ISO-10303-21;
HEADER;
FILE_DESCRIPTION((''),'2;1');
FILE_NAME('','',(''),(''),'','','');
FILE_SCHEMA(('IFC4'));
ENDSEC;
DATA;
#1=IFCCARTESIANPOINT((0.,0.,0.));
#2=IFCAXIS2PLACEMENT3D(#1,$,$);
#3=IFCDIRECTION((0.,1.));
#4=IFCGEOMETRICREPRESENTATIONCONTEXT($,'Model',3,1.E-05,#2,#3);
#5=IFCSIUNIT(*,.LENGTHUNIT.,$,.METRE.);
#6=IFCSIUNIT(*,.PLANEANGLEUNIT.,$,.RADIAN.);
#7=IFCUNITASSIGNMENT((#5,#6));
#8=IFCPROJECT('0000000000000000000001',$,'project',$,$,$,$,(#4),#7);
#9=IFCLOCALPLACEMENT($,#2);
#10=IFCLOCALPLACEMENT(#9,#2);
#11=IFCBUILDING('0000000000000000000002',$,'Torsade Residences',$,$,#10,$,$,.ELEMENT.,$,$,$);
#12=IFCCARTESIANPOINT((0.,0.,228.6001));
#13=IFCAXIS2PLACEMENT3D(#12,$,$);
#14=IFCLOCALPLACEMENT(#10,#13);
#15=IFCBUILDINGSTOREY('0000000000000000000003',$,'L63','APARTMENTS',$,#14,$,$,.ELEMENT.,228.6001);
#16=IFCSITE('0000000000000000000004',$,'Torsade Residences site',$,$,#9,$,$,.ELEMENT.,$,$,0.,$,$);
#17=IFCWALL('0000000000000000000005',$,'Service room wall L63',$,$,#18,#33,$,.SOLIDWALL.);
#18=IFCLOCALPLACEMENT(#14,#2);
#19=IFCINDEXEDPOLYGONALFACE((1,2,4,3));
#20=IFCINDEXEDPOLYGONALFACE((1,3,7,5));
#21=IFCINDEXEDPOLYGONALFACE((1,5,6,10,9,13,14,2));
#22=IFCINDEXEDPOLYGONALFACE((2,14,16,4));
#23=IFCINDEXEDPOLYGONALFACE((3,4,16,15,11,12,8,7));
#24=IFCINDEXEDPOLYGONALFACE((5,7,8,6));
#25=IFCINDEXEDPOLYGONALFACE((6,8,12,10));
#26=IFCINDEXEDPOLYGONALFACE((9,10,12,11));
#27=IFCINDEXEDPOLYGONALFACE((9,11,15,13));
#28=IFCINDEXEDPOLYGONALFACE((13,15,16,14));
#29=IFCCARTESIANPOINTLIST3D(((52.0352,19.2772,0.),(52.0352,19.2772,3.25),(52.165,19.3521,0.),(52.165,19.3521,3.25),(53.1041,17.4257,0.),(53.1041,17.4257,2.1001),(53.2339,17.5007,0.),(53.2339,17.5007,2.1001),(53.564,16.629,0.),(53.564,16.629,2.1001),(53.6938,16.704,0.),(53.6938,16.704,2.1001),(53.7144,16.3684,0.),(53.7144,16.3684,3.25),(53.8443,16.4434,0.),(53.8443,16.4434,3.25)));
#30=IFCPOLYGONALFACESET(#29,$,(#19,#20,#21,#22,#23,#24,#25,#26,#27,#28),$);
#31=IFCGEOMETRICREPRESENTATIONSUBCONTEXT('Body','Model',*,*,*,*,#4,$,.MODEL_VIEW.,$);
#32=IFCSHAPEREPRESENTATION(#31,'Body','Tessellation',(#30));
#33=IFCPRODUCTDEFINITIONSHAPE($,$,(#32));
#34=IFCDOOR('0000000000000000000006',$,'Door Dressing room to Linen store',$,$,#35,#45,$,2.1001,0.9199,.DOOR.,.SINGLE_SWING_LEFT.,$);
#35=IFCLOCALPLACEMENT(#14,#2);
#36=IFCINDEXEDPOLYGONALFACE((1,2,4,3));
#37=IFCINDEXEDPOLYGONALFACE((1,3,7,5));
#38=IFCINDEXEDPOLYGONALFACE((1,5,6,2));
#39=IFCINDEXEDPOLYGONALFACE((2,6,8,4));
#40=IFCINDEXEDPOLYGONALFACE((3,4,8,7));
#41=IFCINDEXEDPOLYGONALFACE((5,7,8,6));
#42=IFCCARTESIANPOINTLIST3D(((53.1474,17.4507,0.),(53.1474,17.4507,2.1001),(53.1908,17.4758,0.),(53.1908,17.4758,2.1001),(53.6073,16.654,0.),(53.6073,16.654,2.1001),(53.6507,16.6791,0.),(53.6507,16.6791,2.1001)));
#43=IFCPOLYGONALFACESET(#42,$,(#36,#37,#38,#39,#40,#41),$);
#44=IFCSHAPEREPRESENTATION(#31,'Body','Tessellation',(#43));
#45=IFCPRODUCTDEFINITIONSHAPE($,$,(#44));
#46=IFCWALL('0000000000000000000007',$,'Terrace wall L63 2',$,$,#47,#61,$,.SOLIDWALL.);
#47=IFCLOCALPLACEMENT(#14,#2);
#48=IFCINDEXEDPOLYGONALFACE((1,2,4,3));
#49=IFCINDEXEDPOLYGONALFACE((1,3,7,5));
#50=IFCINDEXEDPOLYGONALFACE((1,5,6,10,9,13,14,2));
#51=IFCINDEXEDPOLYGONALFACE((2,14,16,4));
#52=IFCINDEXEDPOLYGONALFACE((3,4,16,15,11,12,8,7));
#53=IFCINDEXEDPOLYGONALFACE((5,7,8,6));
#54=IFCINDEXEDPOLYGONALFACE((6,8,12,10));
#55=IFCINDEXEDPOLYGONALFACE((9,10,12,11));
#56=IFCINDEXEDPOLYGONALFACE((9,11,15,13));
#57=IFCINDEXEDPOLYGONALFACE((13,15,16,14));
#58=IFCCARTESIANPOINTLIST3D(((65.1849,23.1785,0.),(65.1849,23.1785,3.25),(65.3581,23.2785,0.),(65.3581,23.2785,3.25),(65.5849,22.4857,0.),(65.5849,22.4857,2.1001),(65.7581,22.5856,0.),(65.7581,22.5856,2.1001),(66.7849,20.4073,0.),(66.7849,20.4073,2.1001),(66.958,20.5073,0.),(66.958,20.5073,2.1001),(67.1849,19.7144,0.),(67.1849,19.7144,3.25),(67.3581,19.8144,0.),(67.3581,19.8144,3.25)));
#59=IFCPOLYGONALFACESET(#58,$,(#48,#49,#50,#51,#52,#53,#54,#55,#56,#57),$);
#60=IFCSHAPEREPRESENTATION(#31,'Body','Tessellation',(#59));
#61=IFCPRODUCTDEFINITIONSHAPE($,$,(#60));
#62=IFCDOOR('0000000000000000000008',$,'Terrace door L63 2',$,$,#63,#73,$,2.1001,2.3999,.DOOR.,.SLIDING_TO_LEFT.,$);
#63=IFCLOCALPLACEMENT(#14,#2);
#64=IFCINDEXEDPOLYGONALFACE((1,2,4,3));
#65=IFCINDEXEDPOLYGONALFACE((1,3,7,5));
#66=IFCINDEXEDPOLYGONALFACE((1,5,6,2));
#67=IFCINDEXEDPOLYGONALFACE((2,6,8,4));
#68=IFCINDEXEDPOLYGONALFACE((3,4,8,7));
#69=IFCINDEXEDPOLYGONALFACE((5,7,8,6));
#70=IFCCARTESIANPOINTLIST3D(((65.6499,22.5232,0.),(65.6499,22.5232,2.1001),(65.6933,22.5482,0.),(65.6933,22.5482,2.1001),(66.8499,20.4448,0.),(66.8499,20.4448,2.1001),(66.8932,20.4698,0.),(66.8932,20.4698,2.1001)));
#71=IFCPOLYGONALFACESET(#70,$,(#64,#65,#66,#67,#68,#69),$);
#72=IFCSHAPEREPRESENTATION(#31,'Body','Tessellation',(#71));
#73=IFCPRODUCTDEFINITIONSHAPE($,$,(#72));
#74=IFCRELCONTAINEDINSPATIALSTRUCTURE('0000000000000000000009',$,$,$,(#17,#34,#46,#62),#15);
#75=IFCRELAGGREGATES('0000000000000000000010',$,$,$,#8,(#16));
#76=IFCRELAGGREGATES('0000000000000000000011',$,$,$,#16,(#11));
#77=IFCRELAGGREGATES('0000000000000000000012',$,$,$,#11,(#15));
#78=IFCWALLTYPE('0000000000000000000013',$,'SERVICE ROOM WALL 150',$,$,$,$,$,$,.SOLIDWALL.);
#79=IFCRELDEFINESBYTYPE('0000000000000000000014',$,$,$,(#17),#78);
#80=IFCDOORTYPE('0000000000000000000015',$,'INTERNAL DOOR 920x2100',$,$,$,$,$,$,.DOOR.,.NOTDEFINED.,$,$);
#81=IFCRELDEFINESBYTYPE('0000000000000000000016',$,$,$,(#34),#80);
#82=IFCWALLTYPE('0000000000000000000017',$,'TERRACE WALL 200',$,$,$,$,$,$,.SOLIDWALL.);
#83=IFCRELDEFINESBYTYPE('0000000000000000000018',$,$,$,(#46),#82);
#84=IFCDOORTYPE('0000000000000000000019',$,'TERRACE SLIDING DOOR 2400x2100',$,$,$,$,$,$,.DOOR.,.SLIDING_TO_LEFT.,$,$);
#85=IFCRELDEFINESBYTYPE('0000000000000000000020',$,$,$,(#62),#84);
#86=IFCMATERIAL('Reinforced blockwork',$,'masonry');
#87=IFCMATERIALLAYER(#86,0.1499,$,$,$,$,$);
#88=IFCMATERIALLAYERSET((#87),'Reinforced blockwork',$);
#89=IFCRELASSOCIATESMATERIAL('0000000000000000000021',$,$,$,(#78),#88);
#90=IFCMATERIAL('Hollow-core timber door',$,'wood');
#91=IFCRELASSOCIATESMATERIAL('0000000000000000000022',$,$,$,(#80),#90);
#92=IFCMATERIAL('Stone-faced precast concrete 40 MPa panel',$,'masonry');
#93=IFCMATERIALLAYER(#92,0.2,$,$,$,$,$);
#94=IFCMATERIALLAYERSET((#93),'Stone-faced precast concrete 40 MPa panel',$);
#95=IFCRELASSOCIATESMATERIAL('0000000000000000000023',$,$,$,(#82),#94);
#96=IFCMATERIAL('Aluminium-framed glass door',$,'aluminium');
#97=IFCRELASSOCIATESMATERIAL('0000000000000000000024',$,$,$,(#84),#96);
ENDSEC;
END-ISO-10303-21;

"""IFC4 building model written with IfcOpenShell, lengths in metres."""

from ifc_helpers import new_model, si_unit, direction, frame, frame_2d, origin, place, context, subcontext, project, spatial, rectangle, extrude, material, layer, layer_set, type_object, element, fill, save


model = new_model("IFC4")

# Units and contexts
model_context = context("Model", 3, precision=1e-05, world=origin(), true_north=direction((0.0, 1.0)))
body_context = subcontext(model_context, "Body", "Model", "MODEL_VIEW")
ifc_project = project(units=[si_unit("LENGTHUNIT", "METRE"), si_unit("PLANEANGLEUNIT", "RADIAN")], contexts=[model_context])

# Site, building, storey
site_placement = place(None, origin())
site = spatial("IfcSite", under=ifc_project, at=site_placement, Name="Torsade Residences site", CompositionType="ELEMENT", RefElevation=0.0)
building_placement = place(site_placement, origin())
building = spatial("IfcBuilding", under=site, at=building_placement, Name="Torsade Residences", CompositionType="ELEMENT")
storey_placement = place(building_placement, frame((0.0, 0.0, 228.6001)))
storey = spatial("IfcBuildingStorey", under=building, at=storey_placement, Name="L63", Description="APARTMENTS", CompositionType="ELEMENT", Elevation=228.6001)

# Walls, openings, doors
ifc_material_1 = material(Name="Reinforced blockwork", Category="masonry")
ifc_layer_1 = layer(ifc_material_1, 0.1499)
ifc_layer_set_1 = layer_set([ifc_layer_1], Name="Reinforced blockwork")
wall_type_1 = type_object("IfcWallType", Name="SERVICE ROOM WALL 150", PredefinedType="SOLIDWALL", material=ifc_layer_set_1)
wall_1_placement = place(storey_placement, frame((53.7793, 16.406, 0.0), z_axis=(0.0, 0.0, 1.0), x_axis=(-0.49997, 0.866043, 0.0)))
wall_1 = element("IfcWall", 1, at=wall_1_placement, inside=storey, type_object=wall_type_1, Name="Service room wall L63", PredefinedType="SOLIDWALL", context=body_context, shape_type="SweptSolid", body=[
    extrude(rectangle(XDim=3.3586, YDim=0.1499, at=frame_2d((1.6792, 0.0))), origin(), (0.0, 0.0, 1.0), 3.25),
])
opening_1_placement = place(wall_1_placement, frame((0.3008, 0.0, 0.0)))
opening_1 = element("IfcOpeningElement", 2, at=opening_1_placement, cuts=wall_1, PredefinedType="OPENING", context=body_context, shape_type="SweptSolid", body=[
    extrude(rectangle(XDim=0.9199, YDim=2.1001, at=frame_2d((0.46, 1.05))), frame((0.0, 0.085, 0.0), z_axis=(0.0, -1.0, 0.0), x_axis=(1.0, 0.0, 0.0)), (0.0, 0.0, 1.0), 0.1699),
])
ifc_material_2 = material(Name="Hollow-core timber door", Category="wood")
door_type_1 = type_object("IfcDoorType", Name="INTERNAL DOOR 920x2100", OperationType="NOTDEFINED", PredefinedType="DOOR", material=ifc_material_2)
door_1_placement = place(opening_1_placement, origin())
door_1 = element("IfcDoor", 3, at=door_1_placement, inside=storey, type_object=door_type_1, Name="Door Dressing room to Linen store", OperationType="SINGLE_SWING_LEFT", OverallHeight=2.1001, OverallWidth=0.9199, PredefinedType="DOOR", context=body_context, shape_type="SweptSolid", body=[
    extrude(rectangle(XDim=0.9199, YDim=2.1001, at=frame_2d((0.46, 1.05))), frame((0.0, 0.0249, 0.0), z_axis=(0.0, -1.0, 0.0), x_axis=(1.0, 0.0, 0.0)), (0.0, 0.0, 1.0), 0.05),
])
fill(opening_1, door_1)
ifc_material_3 = material(Name="Stone-faced precast concrete 40 MPa panel", Category="masonry")
ifc_layer_2 = layer(ifc_material_3, 0.2)
ifc_layer_set_2 = layer_set([ifc_layer_2], Name="Stone-faced precast concrete 40 MPa panel")
wall_type_2 = type_object("IfcWallType", Name="TERRACE WALL 200", PredefinedType="SOLIDWALL", material=ifc_layer_set_2)
wall_2_placement = place(storey_placement, frame((67.2715, 19.7644, 0.0), z_axis=(0.0, 0.0, 1.0), x_axis=(-0.499999, 0.866026, 0.0)))
wall_2 = element("IfcWall", 4, at=wall_2_placement, inside=storey, type_object=wall_type_2, Name="Terrace wall L63 2", PredefinedType="SOLIDWALL", context=body_context, shape_type="SweptSolid", body=[
    extrude(rectangle(XDim=4.0, YDim=0.2, at=frame_2d((2.0, 0.0))), origin(), (0.0, 0.0, 1.0), 3.25),
])
opening_2_placement = place(wall_2_placement, frame((0.8, 0.0, 0.0)))
opening_2 = element("IfcOpeningElement", 5, at=opening_2_placement, cuts=wall_2, PredefinedType="OPENING", context=body_context, shape_type="SweptSolid", body=[
    extrude(rectangle(XDim=2.3999, YDim=2.1001, at=frame_2d((1.2, 1.05))), frame((0.0, 0.1099, 0.0), z_axis=(0.0, -1.0, 0.0), x_axis=(1.0, 0.0, 0.0)), (0.0, 0.0, 1.0), 0.22),
])
ifc_material_4 = material(Name="Aluminium-framed glass door", Category="aluminium")
door_type_2 = type_object("IfcDoorType", Name="TERRACE SLIDING DOOR 2400x2100", OperationType="SLIDING_TO_LEFT", PredefinedType="DOOR", material=ifc_material_4)
door_2_placement = place(opening_2_placement, origin())
door_2 = element("IfcDoor", 6, at=door_2_placement, inside=storey, type_object=door_type_2, Name="Terrace door L63 2", OperationType="SLIDING_TO_LEFT", OverallHeight=2.1001, OverallWidth=2.3999, PredefinedType="DOOR", context=body_context, shape_type="SweptSolid", body=[
    extrude(rectangle(XDim=2.3999, YDim=2.1001, at=frame_2d((1.2, 1.05))), frame((0.0, 0.0249, 0.0), z_axis=(0.0, -1.0, 0.0), x_axis=(1.0, 0.0, 0.0)), (0.0, 0.0, 1.0), 0.05),
])
fill(opening_2, door_2)

save(model, "model.ifc")
